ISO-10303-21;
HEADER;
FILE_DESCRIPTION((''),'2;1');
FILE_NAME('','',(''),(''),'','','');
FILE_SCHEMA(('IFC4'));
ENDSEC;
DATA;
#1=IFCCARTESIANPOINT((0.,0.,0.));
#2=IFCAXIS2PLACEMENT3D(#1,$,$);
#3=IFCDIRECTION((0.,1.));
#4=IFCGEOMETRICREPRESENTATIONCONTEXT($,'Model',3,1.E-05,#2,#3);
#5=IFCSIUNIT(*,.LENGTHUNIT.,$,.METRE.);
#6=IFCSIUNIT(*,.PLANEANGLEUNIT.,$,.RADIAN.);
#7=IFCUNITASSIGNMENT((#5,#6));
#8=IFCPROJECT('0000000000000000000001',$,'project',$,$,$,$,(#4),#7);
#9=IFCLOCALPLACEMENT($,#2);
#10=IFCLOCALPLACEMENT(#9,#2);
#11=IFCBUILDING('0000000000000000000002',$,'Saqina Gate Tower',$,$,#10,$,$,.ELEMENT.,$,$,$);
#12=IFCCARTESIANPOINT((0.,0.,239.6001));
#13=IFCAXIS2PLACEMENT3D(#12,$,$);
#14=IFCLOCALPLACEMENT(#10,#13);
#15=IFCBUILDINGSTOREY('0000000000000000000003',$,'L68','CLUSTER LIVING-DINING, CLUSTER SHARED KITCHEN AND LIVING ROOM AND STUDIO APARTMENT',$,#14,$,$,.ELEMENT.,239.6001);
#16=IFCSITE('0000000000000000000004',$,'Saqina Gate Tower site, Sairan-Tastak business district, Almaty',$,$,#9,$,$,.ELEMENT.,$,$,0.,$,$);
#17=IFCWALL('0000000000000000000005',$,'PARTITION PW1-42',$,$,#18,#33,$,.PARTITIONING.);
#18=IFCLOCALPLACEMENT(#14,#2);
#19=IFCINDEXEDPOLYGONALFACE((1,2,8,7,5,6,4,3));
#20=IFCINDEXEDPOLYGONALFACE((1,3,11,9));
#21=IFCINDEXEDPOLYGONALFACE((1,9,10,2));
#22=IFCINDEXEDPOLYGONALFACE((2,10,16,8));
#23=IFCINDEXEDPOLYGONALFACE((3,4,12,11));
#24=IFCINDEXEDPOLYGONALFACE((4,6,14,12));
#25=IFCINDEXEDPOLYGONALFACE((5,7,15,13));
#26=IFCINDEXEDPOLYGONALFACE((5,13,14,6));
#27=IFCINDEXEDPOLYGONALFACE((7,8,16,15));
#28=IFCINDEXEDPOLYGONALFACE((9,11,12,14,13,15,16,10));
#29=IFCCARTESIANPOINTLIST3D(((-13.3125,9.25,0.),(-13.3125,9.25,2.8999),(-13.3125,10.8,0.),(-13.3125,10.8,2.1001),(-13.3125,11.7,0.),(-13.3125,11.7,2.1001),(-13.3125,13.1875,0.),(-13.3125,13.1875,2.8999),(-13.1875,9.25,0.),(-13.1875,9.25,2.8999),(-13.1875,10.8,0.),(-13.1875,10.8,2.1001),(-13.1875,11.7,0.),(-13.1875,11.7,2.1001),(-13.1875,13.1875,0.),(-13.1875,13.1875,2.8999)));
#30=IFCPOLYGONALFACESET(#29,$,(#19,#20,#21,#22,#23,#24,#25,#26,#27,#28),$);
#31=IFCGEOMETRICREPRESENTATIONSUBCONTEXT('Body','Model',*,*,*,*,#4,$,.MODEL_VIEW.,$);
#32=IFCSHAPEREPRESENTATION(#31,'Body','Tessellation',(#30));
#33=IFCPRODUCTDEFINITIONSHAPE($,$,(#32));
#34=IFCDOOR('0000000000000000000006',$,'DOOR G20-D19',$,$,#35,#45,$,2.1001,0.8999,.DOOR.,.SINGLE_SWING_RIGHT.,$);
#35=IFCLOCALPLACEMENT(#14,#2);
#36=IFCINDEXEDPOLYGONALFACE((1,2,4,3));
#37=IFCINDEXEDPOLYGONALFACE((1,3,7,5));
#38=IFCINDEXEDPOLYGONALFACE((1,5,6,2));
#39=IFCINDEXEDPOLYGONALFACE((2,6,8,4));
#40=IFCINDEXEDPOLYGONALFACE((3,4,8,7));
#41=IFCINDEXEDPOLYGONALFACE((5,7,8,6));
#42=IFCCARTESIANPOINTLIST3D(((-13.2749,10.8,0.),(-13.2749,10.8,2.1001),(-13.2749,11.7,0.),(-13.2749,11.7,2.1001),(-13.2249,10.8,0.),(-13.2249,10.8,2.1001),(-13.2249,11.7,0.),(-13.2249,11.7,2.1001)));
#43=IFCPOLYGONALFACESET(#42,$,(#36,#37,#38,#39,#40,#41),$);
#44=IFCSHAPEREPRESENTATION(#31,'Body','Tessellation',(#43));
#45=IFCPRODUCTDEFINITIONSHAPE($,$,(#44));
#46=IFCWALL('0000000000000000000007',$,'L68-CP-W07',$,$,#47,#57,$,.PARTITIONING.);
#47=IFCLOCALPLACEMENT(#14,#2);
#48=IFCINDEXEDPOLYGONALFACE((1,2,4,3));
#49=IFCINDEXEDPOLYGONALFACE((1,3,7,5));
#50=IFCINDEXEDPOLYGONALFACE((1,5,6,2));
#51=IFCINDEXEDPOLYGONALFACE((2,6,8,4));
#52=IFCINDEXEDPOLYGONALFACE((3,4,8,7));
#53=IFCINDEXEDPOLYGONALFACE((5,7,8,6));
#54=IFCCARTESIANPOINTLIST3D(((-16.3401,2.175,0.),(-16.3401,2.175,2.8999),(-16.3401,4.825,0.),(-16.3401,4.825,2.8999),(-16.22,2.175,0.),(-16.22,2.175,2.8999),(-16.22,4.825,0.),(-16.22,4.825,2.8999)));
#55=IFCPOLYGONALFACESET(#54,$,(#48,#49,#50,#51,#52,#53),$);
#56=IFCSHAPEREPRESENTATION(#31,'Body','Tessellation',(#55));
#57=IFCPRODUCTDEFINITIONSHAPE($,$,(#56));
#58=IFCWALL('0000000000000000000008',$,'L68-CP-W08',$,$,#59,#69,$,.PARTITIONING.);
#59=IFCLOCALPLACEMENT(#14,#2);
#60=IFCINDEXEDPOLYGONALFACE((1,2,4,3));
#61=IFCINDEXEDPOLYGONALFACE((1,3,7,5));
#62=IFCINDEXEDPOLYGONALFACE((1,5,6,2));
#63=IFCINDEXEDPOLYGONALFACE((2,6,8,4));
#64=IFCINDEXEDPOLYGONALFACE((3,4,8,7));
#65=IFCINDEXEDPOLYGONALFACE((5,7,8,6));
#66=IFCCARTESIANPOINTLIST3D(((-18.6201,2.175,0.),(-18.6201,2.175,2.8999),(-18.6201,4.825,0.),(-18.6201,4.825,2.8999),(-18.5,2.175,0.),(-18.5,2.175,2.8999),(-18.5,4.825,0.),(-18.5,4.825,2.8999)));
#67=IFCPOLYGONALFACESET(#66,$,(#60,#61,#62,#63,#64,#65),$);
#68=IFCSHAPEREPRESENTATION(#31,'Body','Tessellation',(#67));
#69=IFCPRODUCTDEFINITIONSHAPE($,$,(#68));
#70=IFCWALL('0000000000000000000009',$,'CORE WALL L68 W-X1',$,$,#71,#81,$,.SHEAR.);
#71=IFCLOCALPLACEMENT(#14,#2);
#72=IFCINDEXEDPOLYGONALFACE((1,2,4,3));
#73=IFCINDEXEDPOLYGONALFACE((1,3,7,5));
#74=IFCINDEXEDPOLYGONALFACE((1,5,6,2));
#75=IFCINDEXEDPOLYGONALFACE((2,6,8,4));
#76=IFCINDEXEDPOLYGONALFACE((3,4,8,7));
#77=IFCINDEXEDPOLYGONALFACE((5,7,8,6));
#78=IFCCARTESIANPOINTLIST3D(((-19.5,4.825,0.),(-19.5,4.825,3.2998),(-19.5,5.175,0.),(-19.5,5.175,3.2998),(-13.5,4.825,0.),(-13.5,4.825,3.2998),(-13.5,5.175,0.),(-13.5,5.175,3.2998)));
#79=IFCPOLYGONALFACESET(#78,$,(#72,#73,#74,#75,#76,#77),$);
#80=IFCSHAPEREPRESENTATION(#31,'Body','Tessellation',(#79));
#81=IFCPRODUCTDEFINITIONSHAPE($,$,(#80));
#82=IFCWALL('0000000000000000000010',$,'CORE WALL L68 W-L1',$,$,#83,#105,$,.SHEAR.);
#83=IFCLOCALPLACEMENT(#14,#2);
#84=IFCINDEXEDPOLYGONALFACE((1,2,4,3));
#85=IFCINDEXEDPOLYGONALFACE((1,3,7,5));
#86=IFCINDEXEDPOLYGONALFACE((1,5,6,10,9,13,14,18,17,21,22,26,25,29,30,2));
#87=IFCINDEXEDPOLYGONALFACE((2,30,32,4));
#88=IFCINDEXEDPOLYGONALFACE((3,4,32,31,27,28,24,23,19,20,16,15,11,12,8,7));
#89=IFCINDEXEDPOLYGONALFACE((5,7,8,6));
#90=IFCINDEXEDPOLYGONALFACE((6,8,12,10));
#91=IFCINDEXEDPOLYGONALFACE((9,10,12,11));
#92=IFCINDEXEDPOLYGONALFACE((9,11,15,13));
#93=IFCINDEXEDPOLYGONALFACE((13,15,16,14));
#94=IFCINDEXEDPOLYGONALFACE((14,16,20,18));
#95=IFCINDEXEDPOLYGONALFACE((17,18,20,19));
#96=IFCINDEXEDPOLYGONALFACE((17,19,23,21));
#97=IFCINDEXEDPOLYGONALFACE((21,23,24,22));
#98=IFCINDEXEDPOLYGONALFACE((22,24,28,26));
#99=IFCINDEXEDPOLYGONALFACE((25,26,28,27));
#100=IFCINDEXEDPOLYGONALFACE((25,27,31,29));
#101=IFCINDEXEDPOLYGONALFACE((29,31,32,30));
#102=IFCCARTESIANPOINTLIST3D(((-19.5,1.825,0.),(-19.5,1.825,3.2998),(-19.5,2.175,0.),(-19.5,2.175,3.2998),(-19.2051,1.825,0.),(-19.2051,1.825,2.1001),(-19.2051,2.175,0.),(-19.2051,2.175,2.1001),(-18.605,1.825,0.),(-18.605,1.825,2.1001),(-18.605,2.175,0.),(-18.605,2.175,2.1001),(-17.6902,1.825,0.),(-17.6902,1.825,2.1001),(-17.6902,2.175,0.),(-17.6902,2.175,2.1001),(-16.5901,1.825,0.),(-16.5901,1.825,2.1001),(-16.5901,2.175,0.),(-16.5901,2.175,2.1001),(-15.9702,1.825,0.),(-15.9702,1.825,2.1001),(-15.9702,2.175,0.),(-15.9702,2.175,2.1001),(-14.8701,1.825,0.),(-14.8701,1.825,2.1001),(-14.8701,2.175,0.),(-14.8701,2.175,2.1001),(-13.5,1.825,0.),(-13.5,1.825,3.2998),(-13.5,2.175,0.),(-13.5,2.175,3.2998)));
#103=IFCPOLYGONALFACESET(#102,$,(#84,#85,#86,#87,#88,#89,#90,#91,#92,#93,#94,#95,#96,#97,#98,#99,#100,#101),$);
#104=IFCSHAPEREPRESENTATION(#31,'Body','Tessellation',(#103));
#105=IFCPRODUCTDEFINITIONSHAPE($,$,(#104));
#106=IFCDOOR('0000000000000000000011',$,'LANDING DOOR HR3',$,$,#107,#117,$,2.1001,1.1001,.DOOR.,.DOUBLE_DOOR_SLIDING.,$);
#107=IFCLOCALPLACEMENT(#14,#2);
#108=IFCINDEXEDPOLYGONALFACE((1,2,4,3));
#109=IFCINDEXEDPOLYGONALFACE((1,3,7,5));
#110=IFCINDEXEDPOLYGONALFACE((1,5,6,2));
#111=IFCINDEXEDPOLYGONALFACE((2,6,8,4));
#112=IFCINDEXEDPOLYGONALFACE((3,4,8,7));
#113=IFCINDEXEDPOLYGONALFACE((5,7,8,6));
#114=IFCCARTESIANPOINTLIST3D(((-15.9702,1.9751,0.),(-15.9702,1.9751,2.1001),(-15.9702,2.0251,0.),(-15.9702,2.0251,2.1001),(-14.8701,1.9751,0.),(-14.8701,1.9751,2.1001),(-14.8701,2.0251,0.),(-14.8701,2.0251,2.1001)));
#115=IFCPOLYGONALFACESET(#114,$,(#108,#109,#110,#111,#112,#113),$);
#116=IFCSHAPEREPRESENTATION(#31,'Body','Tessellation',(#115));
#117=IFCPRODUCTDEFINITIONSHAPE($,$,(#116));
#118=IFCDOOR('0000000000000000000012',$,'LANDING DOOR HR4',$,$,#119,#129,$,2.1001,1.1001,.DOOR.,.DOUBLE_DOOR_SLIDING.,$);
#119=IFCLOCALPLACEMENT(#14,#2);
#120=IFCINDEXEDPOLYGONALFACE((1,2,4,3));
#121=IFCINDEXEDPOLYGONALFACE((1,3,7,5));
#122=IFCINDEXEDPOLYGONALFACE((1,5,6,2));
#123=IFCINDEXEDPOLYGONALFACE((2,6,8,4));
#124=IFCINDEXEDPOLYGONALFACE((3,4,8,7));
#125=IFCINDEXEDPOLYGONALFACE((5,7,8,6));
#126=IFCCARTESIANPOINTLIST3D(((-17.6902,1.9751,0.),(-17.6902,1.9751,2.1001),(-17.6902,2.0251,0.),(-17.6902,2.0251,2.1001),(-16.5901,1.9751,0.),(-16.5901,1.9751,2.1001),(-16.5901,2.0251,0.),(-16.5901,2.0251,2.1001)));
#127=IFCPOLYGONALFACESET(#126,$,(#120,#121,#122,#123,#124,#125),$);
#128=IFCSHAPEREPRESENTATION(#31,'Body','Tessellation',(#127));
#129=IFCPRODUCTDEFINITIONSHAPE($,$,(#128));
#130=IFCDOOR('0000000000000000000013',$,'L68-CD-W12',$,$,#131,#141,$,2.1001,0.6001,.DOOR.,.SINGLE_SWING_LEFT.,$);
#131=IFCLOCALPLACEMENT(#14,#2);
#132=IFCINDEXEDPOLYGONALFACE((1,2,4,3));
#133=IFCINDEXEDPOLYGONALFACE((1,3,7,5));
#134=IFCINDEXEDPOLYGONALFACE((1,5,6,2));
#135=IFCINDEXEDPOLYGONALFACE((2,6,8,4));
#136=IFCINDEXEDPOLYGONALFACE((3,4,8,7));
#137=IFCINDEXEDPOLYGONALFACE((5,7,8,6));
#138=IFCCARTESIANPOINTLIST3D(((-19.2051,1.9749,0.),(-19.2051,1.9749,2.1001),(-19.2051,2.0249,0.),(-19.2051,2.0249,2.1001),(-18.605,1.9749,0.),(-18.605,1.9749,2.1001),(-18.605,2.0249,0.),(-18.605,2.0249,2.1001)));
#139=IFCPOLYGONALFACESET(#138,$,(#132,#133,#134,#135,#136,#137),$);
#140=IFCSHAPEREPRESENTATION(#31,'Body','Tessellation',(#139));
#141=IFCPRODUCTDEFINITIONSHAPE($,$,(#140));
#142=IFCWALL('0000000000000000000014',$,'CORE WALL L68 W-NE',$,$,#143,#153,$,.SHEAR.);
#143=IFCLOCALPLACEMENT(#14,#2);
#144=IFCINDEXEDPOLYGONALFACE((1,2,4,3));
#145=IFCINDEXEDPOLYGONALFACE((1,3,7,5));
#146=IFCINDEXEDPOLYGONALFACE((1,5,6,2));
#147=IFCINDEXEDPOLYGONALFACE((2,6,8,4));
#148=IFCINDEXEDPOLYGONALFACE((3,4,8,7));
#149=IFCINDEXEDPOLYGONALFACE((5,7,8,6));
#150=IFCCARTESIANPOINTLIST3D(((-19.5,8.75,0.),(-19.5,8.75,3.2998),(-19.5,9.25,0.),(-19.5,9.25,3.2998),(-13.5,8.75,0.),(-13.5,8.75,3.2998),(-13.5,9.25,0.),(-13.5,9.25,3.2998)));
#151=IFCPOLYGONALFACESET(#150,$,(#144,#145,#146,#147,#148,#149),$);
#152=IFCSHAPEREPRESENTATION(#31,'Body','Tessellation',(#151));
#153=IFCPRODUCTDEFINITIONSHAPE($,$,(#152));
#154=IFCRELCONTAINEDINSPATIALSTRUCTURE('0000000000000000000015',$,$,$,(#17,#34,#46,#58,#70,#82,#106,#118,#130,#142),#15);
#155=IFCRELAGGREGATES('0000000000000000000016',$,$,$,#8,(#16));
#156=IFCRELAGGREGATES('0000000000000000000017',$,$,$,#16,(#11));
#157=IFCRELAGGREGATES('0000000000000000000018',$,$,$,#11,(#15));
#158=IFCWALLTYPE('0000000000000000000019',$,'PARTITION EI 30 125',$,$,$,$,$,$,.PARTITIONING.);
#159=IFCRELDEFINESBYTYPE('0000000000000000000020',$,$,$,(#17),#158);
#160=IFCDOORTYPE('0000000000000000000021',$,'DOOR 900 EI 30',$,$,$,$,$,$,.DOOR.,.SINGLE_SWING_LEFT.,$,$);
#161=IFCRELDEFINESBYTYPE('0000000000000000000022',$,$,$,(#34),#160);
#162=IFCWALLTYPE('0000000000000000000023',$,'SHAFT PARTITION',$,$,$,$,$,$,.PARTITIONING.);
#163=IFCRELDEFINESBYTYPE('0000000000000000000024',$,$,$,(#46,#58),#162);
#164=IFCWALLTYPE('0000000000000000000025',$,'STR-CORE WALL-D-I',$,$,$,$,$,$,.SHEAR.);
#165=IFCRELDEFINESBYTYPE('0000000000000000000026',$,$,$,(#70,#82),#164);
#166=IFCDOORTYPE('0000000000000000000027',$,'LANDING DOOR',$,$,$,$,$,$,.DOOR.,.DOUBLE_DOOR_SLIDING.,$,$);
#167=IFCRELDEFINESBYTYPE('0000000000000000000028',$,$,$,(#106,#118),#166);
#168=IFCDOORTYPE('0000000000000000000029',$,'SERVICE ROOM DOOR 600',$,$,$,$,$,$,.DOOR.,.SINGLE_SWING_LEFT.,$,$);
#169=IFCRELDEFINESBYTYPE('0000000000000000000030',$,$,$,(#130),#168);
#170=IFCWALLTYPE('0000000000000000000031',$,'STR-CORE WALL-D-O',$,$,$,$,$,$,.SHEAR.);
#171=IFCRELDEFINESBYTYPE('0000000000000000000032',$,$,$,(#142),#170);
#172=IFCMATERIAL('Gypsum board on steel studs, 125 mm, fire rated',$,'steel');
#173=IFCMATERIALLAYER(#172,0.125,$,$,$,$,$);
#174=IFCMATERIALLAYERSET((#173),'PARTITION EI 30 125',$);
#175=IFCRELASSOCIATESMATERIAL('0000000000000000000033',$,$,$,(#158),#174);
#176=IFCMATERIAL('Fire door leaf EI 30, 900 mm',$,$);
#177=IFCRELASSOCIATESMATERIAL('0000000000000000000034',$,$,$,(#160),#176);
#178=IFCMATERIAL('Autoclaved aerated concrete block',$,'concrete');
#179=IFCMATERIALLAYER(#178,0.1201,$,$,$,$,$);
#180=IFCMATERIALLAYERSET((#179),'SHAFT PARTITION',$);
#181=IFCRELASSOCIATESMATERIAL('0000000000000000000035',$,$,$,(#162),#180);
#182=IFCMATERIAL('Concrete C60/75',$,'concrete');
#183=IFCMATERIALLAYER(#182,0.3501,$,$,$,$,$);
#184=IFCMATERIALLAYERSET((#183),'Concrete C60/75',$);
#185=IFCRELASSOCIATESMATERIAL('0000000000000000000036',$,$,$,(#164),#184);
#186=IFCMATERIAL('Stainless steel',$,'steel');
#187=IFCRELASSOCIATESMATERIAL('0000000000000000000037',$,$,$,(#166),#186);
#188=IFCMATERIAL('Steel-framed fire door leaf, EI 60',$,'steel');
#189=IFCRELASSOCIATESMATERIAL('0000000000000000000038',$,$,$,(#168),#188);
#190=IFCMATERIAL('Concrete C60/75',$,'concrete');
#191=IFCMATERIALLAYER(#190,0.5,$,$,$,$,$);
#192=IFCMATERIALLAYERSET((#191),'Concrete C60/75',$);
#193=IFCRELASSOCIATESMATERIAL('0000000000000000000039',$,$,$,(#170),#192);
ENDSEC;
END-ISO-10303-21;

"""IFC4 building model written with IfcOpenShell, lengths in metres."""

from ifc_helpers import new_model, si_unit, direction, frame, frame_2d, origin, place, context, subcontext, project, spatial, rectangle, extrude, material, layer, layer_set, type_object, element, fill, save


model = new_model("IFC4")

# Units and contexts
model_context = context("Model", 3, precision=1e-05, world=origin(), true_north=direction((0.0, 1.0)))
body_context = subcontext(model_context, "Body", "Model", "MODEL_VIEW")
ifc_project = project(units=[si_unit("LENGTHUNIT", "METRE"), si_unit("PLANEANGLEUNIT", "RADIAN")], contexts=[model_context])

# Site, building, storey
site_placement = place(None, origin())
site = spatial("IfcSite", under=ifc_project, at=site_placement, Name="Saqina Gate Tower site, Sairan-Tastak business district, Almaty", CompositionType="ELEMENT", RefElevation=0.0)
building_placement = place(site_placement, origin())
building = spatial("IfcBuilding", under=site, at=building_placement, Name="Saqina Gate Tower", CompositionType="ELEMENT")
storey_placement = place(building_placement, frame((0.0, 0.0, 239.6001)))
storey = spatial("IfcBuildingStorey", under=building, at=storey_placement, Name="L68", Description="CLUSTER LIVING-DINING, CLUSTER SHARED KITCHEN AND LIVING ROOM AND STUDIO APARTMENT", CompositionType="ELEMENT", Elevation=239.6001)

# Wall, opening, door
ifc_material_1 = material(Name="Gypsum board on steel studs, 125 mm, fire rated", Category="steel")
ifc_layer_1 = layer(ifc_material_1, 0.125)
ifc_layer_set_1 = layer_set([ifc_layer_1], Name="PARTITION EI 30 125")
wall_type_1 = type_object("IfcWallType", Name="PARTITION EI 30 125", PredefinedType="PARTITIONING", material=ifc_layer_set_1)
wall_1_placement = place(storey_placement, frame((-13.25, 9.25, 0.0), z_axis=(0.0, 0.0, 1.0), x_axis=(0.0, 1.0, 0.0)))
wall_1 = element("IfcWall", 1, at=wall_1_placement, inside=storey, type_object=wall_type_1, Name="PARTITION PW1-42", PredefinedType="PARTITIONING", context=body_context, shape_type="SweptSolid", body=[
    extrude(rectangle(XDim=3.9375, YDim=0.125, at=frame_2d((1.9688, 0.0))), origin(), (0.0, 0.0, 1.0), 2.8999),
])
opening_1_placement = place(wall_1_placement, frame((1.55, 0.0, 0.0)))
opening_1 = element("IfcOpeningElement", 2, at=opening_1_placement, cuts=wall_1, PredefinedType="OPENING", context=body_context, shape_type="SweptSolid", body=[
    extrude(rectangle(XDim=0.8999, YDim=2.1001, at=frame_2d((0.45, 1.05))), frame((0.0, 0.0745, 0.0), z_axis=(0.0, -1.0, 0.0), x_axis=(1.0, 0.0, 0.0)), (0.0, 0.0, 1.0), 0.1489),
])
ifc_material_2 = material(Name="Fire door leaf EI 30, 900 mm")
door_type_1 = type_object("IfcDoorType", Name="DOOR 900 EI 30", OperationType="SINGLE_SWING_LEFT", PredefinedType="DOOR", material=ifc_material_2)
door_1_placement = place(opening_1_placement, origin())
door_1 = element("IfcDoor", 3, at=door_1_placement, inside=storey, type_object=door_type_1, Name="DOOR G20-D19", OperationType="SINGLE_SWING_RIGHT", OverallHeight=2.1001, OverallWidth=0.8999, PredefinedType="DOOR", context=body_context, shape_type="SweptSolid", body=[
    extrude(rectangle(XDim=0.8999, YDim=2.1001, at=frame_2d((0.45, 1.05))), frame((0.0, 0.0249, 0.0), z_axis=(0.0, -1.0, 0.0), x_axis=(1.0, 0.0, 0.0)), (0.0, 0.0, 1.0), 0.05),
])
fill(opening_1, door_1)

# Walls
ifc_material_3 = material(Name="Autoclaved aerated concrete block", Category="concrete")
ifc_layer_2 = layer(ifc_material_3, 0.1201)
ifc_layer_set_2 = layer_set([ifc_layer_2], Name="SHAFT PARTITION")
wall_type_2 = type_object("IfcWallType", Name="SHAFT PARTITION", PredefinedType="PARTITIONING", material=ifc_layer_set_2)
for number, where, z_axis, x_axis, name in (
    (4, (-16.28, 2.175, 0.0), (0.0, 0.0, 1.0), (0.0, 1.0, 0.0), "L68-CP-W07"),
    (5, (-18.5601, 2.175, 0.0), (0.0, 0.0, 1.0), (0.0, 1.0, 0.0), "L68-CP-W08"),
):
    element("IfcWall", number, at=place(storey_placement, frame(where, z_axis=z_axis, x_axis=x_axis)), inside=storey, type_object=wall_type_2, Name=name, PredefinedType="PARTITIONING", context=body_context, shape_type="SweptSolid", body=[
        extrude(rectangle(XDim=2.6499, YDim=0.1201, at=frame_2d((1.325, 0.0))), origin(), (0.0, 0.0, 1.0), 2.8999),
    ])
ifc_material_4 = material(Name="Concrete C60/75", Category="concrete")
ifc_layer_3 = layer(ifc_material_4, 0.3501)
ifc_layer_set_3 = layer_set([ifc_layer_3], Name="Concrete C60/75")
wall_type_3 = type_object("IfcWallType", Name="STR-CORE WALL-D-I", PredefinedType="SHEAR", material=ifc_layer_set_3)
wall_2_placement = place(storey_placement, frame((-13.5, 5.0, 0.0), z_axis=(0.0, 0.0, 1.0), x_axis=(-1.0, 0.0, 0.0)))
element("IfcWall", 6, at=wall_2_placement, inside=storey, type_object=wall_type_3, Name="CORE WALL L68 W-X1", PredefinedType="SHEAR", context=body_context, shape_type="SweptSolid", body=[
    extrude(rectangle(XDim=6.0, YDim=0.3501, at=frame_2d((3.0, 0.0))), origin(), (0.0, 0.0, 1.0), 3.2998),
])

# Wall, openings, doors
wall_3_placement = place(storey_placement, frame((-13.5, 2.0, 0.0), z_axis=(0.0, 0.0, 1.0), x_axis=(-1.0, 0.0, 0.0)))
wall_3 = element("IfcWall", 7, at=wall_3_placement, inside=storey, type_object=wall_type_3, Name="CORE WALL L68 W-L1", PredefinedType="SHEAR", context=body_context, shape_type="SweptSolid", body=[
    extrude(rectangle(XDim=6.0, YDim=0.3501, at=frame_2d((3.0, 0.0))), origin(), (0.0, 0.0, 1.0), 3.2998),
])
opening_2_placement = place(wall_3_placement, frame((1.3701, 0.0, 0.0)))
opening_2 = element("IfcOpeningElement", 8, at=opening_2_placement, cuts=wall_3, PredefinedType="OPENING", context=body_context, shape_type="SweptSolid", body=[
    extrude(rectangle(XDim=1.1001, YDim=2.1001, at=frame_2d((0.55, 1.05))), frame((0.0, 0.187, 0.0), z_axis=(0.0, -1.0, 0.0), x_axis=(1.0, 0.0, 0.0)), (0.0, 0.0, 1.0), 0.374),
])
opening_3_placement = place(wall_3_placement, frame((3.0901, 0.0, 0.0)))
opening_3 = element("IfcOpeningElement", 9, at=opening_3_placement, cuts=wall_3, PredefinedType="OPENING", context=body_context, shape_type="SweptSolid", body=[
    extrude(rectangle(XDim=1.1001, YDim=2.1001, at=frame_2d((0.55, 1.05))), frame((0.0, 0.187, 0.0), z_axis=(0.0, -1.0, 0.0), x_axis=(1.0, 0.0, 0.0)), (0.0, 0.0, 1.0), 0.374),
])
opening_4_placement = place(wall_3_placement, frame((5.105, 0.0, 0.0)))
opening_4 = element("IfcOpeningElement", 10, at=opening_4_placement, cuts=wall_3, PredefinedType="OPENING", context=body_context, shape_type="SweptSolid", body=[
    extrude(rectangle(XDim=0.6001, YDim=2.1001, at=frame_2d((0.3, 1.05))), frame((0.0, 0.187, 0.0), z_axis=(0.0, -1.0, 0.0), x_axis=(1.0, 0.0, 0.0)), (0.0, 0.0, 1.0), 0.374),
])
ifc_material_5 = material(Name="Stainless steel", Category="steel")
door_type_2 = type_object("IfcDoorType", Name="LANDING DOOR", OperationType="DOUBLE_DOOR_SLIDING", PredefinedType="DOOR", material=ifc_material_5)
door_2_placement = place(opening_2_placement, origin())
door_2 = element("IfcDoor", 11, at=door_2_placement, inside=storey, type_object=door_type_2, Name="LANDING DOOR HR3", OperationType="DOUBLE_DOOR_SLIDING", OverallHeight=2.1001, OverallWidth=1.1001, PredefinedType="DOOR", context=body_context, shape_type="SweptSolid", body=[
    extrude(rectangle(XDim=1.1001, YDim=2.1001, at=frame_2d((0.55, 1.05))), frame((0.0, 0.0249, 0.0), z_axis=(0.0, -1.0, 0.0), x_axis=(1.0, 0.0, 0.0)), (0.0, 0.0, 1.0), 0.05),
])
fill(opening_2, door_2)
door_3_placement = place(opening_3_placement, origin())
door_3 = element("IfcDoor", 12, at=door_3_placement, inside=storey, type_object=door_type_2, Name="LANDING DOOR HR4", OperationType="DOUBLE_DOOR_SLIDING", OverallHeight=2.1001, OverallWidth=1.1001, PredefinedType="DOOR", context=body_context, shape_type="SweptSolid", body=[
    extrude(rectangle(XDim=1.1001, YDim=2.1001, at=frame_2d((0.55, 1.05))), frame((0.0, 0.0249, 0.0), z_axis=(0.0, -1.0, 0.0), x_axis=(1.0, 0.0, 0.0)), (0.0, 0.0, 1.0), 0.05),
])
fill(opening_3, door_3)
ifc_material_6 = material(Name="Steel-framed fire door leaf, EI 60", Category="steel")
door_type_3 = type_object("IfcDoorType", Name="SERVICE ROOM DOOR 600", OperationType="SINGLE_SWING_LEFT", PredefinedType="DOOR", material=ifc_material_6)
door_4_placement = place(opening_4_placement, frame((0.6001, 0.0, 0.0), z_axis=(0.0, 0.0, 1.0), x_axis=(-1.0, 0.0, 0.0)))
door_4 = element("IfcDoor", 13, at=door_4_placement, inside=storey, type_object=door_type_3, Name="L68-CD-W12", OperationType="SINGLE_SWING_LEFT", OverallHeight=2.1001, OverallWidth=0.6001, PredefinedType="DOOR", context=body_context, shape_type="SweptSolid", body=[
    extrude(rectangle(XDim=0.6001, YDim=2.1001, at=frame_2d((0.3, 1.05))), frame((0.0, 0.0249, 0.0), z_axis=(0.0, -1.0, 0.0), x_axis=(1.0, 0.0, 0.0)), (0.0, 0.0, 1.0), 0.05),
])
fill(opening_4, door_4)

# Wall
ifc_material_7 = material(Name="Concrete C60/75", Category="concrete")
ifc_layer_4 = layer(ifc_material_7, 0.5)
ifc_layer_set_4 = layer_set([ifc_layer_4], Name="Concrete C60/75")
wall_type_4 = type_object("IfcWallType", Name="STR-CORE WALL-D-O", PredefinedType="SHEAR", material=ifc_layer_set_4)
wall_4_placement = place(storey_placement, frame((-13.5, 9.0, 0.0), z_axis=(0.0, 0.0, 1.0), x_axis=(-1.0, 0.0, 0.0)))
element("IfcWall", 14, at=wall_4_placement, inside=storey, type_object=wall_type_4, Name="CORE WALL L68 W-NE", PredefinedType="SHEAR", context=body_context, shape_type="SweptSolid", body=[
    extrude(rectangle(XDim=6.0, YDim=0.5, at=frame_2d((3.0, 0.0))), origin(), (0.0, 0.0, 1.0), 3.2998),
])

save(model, "model.ifc")
